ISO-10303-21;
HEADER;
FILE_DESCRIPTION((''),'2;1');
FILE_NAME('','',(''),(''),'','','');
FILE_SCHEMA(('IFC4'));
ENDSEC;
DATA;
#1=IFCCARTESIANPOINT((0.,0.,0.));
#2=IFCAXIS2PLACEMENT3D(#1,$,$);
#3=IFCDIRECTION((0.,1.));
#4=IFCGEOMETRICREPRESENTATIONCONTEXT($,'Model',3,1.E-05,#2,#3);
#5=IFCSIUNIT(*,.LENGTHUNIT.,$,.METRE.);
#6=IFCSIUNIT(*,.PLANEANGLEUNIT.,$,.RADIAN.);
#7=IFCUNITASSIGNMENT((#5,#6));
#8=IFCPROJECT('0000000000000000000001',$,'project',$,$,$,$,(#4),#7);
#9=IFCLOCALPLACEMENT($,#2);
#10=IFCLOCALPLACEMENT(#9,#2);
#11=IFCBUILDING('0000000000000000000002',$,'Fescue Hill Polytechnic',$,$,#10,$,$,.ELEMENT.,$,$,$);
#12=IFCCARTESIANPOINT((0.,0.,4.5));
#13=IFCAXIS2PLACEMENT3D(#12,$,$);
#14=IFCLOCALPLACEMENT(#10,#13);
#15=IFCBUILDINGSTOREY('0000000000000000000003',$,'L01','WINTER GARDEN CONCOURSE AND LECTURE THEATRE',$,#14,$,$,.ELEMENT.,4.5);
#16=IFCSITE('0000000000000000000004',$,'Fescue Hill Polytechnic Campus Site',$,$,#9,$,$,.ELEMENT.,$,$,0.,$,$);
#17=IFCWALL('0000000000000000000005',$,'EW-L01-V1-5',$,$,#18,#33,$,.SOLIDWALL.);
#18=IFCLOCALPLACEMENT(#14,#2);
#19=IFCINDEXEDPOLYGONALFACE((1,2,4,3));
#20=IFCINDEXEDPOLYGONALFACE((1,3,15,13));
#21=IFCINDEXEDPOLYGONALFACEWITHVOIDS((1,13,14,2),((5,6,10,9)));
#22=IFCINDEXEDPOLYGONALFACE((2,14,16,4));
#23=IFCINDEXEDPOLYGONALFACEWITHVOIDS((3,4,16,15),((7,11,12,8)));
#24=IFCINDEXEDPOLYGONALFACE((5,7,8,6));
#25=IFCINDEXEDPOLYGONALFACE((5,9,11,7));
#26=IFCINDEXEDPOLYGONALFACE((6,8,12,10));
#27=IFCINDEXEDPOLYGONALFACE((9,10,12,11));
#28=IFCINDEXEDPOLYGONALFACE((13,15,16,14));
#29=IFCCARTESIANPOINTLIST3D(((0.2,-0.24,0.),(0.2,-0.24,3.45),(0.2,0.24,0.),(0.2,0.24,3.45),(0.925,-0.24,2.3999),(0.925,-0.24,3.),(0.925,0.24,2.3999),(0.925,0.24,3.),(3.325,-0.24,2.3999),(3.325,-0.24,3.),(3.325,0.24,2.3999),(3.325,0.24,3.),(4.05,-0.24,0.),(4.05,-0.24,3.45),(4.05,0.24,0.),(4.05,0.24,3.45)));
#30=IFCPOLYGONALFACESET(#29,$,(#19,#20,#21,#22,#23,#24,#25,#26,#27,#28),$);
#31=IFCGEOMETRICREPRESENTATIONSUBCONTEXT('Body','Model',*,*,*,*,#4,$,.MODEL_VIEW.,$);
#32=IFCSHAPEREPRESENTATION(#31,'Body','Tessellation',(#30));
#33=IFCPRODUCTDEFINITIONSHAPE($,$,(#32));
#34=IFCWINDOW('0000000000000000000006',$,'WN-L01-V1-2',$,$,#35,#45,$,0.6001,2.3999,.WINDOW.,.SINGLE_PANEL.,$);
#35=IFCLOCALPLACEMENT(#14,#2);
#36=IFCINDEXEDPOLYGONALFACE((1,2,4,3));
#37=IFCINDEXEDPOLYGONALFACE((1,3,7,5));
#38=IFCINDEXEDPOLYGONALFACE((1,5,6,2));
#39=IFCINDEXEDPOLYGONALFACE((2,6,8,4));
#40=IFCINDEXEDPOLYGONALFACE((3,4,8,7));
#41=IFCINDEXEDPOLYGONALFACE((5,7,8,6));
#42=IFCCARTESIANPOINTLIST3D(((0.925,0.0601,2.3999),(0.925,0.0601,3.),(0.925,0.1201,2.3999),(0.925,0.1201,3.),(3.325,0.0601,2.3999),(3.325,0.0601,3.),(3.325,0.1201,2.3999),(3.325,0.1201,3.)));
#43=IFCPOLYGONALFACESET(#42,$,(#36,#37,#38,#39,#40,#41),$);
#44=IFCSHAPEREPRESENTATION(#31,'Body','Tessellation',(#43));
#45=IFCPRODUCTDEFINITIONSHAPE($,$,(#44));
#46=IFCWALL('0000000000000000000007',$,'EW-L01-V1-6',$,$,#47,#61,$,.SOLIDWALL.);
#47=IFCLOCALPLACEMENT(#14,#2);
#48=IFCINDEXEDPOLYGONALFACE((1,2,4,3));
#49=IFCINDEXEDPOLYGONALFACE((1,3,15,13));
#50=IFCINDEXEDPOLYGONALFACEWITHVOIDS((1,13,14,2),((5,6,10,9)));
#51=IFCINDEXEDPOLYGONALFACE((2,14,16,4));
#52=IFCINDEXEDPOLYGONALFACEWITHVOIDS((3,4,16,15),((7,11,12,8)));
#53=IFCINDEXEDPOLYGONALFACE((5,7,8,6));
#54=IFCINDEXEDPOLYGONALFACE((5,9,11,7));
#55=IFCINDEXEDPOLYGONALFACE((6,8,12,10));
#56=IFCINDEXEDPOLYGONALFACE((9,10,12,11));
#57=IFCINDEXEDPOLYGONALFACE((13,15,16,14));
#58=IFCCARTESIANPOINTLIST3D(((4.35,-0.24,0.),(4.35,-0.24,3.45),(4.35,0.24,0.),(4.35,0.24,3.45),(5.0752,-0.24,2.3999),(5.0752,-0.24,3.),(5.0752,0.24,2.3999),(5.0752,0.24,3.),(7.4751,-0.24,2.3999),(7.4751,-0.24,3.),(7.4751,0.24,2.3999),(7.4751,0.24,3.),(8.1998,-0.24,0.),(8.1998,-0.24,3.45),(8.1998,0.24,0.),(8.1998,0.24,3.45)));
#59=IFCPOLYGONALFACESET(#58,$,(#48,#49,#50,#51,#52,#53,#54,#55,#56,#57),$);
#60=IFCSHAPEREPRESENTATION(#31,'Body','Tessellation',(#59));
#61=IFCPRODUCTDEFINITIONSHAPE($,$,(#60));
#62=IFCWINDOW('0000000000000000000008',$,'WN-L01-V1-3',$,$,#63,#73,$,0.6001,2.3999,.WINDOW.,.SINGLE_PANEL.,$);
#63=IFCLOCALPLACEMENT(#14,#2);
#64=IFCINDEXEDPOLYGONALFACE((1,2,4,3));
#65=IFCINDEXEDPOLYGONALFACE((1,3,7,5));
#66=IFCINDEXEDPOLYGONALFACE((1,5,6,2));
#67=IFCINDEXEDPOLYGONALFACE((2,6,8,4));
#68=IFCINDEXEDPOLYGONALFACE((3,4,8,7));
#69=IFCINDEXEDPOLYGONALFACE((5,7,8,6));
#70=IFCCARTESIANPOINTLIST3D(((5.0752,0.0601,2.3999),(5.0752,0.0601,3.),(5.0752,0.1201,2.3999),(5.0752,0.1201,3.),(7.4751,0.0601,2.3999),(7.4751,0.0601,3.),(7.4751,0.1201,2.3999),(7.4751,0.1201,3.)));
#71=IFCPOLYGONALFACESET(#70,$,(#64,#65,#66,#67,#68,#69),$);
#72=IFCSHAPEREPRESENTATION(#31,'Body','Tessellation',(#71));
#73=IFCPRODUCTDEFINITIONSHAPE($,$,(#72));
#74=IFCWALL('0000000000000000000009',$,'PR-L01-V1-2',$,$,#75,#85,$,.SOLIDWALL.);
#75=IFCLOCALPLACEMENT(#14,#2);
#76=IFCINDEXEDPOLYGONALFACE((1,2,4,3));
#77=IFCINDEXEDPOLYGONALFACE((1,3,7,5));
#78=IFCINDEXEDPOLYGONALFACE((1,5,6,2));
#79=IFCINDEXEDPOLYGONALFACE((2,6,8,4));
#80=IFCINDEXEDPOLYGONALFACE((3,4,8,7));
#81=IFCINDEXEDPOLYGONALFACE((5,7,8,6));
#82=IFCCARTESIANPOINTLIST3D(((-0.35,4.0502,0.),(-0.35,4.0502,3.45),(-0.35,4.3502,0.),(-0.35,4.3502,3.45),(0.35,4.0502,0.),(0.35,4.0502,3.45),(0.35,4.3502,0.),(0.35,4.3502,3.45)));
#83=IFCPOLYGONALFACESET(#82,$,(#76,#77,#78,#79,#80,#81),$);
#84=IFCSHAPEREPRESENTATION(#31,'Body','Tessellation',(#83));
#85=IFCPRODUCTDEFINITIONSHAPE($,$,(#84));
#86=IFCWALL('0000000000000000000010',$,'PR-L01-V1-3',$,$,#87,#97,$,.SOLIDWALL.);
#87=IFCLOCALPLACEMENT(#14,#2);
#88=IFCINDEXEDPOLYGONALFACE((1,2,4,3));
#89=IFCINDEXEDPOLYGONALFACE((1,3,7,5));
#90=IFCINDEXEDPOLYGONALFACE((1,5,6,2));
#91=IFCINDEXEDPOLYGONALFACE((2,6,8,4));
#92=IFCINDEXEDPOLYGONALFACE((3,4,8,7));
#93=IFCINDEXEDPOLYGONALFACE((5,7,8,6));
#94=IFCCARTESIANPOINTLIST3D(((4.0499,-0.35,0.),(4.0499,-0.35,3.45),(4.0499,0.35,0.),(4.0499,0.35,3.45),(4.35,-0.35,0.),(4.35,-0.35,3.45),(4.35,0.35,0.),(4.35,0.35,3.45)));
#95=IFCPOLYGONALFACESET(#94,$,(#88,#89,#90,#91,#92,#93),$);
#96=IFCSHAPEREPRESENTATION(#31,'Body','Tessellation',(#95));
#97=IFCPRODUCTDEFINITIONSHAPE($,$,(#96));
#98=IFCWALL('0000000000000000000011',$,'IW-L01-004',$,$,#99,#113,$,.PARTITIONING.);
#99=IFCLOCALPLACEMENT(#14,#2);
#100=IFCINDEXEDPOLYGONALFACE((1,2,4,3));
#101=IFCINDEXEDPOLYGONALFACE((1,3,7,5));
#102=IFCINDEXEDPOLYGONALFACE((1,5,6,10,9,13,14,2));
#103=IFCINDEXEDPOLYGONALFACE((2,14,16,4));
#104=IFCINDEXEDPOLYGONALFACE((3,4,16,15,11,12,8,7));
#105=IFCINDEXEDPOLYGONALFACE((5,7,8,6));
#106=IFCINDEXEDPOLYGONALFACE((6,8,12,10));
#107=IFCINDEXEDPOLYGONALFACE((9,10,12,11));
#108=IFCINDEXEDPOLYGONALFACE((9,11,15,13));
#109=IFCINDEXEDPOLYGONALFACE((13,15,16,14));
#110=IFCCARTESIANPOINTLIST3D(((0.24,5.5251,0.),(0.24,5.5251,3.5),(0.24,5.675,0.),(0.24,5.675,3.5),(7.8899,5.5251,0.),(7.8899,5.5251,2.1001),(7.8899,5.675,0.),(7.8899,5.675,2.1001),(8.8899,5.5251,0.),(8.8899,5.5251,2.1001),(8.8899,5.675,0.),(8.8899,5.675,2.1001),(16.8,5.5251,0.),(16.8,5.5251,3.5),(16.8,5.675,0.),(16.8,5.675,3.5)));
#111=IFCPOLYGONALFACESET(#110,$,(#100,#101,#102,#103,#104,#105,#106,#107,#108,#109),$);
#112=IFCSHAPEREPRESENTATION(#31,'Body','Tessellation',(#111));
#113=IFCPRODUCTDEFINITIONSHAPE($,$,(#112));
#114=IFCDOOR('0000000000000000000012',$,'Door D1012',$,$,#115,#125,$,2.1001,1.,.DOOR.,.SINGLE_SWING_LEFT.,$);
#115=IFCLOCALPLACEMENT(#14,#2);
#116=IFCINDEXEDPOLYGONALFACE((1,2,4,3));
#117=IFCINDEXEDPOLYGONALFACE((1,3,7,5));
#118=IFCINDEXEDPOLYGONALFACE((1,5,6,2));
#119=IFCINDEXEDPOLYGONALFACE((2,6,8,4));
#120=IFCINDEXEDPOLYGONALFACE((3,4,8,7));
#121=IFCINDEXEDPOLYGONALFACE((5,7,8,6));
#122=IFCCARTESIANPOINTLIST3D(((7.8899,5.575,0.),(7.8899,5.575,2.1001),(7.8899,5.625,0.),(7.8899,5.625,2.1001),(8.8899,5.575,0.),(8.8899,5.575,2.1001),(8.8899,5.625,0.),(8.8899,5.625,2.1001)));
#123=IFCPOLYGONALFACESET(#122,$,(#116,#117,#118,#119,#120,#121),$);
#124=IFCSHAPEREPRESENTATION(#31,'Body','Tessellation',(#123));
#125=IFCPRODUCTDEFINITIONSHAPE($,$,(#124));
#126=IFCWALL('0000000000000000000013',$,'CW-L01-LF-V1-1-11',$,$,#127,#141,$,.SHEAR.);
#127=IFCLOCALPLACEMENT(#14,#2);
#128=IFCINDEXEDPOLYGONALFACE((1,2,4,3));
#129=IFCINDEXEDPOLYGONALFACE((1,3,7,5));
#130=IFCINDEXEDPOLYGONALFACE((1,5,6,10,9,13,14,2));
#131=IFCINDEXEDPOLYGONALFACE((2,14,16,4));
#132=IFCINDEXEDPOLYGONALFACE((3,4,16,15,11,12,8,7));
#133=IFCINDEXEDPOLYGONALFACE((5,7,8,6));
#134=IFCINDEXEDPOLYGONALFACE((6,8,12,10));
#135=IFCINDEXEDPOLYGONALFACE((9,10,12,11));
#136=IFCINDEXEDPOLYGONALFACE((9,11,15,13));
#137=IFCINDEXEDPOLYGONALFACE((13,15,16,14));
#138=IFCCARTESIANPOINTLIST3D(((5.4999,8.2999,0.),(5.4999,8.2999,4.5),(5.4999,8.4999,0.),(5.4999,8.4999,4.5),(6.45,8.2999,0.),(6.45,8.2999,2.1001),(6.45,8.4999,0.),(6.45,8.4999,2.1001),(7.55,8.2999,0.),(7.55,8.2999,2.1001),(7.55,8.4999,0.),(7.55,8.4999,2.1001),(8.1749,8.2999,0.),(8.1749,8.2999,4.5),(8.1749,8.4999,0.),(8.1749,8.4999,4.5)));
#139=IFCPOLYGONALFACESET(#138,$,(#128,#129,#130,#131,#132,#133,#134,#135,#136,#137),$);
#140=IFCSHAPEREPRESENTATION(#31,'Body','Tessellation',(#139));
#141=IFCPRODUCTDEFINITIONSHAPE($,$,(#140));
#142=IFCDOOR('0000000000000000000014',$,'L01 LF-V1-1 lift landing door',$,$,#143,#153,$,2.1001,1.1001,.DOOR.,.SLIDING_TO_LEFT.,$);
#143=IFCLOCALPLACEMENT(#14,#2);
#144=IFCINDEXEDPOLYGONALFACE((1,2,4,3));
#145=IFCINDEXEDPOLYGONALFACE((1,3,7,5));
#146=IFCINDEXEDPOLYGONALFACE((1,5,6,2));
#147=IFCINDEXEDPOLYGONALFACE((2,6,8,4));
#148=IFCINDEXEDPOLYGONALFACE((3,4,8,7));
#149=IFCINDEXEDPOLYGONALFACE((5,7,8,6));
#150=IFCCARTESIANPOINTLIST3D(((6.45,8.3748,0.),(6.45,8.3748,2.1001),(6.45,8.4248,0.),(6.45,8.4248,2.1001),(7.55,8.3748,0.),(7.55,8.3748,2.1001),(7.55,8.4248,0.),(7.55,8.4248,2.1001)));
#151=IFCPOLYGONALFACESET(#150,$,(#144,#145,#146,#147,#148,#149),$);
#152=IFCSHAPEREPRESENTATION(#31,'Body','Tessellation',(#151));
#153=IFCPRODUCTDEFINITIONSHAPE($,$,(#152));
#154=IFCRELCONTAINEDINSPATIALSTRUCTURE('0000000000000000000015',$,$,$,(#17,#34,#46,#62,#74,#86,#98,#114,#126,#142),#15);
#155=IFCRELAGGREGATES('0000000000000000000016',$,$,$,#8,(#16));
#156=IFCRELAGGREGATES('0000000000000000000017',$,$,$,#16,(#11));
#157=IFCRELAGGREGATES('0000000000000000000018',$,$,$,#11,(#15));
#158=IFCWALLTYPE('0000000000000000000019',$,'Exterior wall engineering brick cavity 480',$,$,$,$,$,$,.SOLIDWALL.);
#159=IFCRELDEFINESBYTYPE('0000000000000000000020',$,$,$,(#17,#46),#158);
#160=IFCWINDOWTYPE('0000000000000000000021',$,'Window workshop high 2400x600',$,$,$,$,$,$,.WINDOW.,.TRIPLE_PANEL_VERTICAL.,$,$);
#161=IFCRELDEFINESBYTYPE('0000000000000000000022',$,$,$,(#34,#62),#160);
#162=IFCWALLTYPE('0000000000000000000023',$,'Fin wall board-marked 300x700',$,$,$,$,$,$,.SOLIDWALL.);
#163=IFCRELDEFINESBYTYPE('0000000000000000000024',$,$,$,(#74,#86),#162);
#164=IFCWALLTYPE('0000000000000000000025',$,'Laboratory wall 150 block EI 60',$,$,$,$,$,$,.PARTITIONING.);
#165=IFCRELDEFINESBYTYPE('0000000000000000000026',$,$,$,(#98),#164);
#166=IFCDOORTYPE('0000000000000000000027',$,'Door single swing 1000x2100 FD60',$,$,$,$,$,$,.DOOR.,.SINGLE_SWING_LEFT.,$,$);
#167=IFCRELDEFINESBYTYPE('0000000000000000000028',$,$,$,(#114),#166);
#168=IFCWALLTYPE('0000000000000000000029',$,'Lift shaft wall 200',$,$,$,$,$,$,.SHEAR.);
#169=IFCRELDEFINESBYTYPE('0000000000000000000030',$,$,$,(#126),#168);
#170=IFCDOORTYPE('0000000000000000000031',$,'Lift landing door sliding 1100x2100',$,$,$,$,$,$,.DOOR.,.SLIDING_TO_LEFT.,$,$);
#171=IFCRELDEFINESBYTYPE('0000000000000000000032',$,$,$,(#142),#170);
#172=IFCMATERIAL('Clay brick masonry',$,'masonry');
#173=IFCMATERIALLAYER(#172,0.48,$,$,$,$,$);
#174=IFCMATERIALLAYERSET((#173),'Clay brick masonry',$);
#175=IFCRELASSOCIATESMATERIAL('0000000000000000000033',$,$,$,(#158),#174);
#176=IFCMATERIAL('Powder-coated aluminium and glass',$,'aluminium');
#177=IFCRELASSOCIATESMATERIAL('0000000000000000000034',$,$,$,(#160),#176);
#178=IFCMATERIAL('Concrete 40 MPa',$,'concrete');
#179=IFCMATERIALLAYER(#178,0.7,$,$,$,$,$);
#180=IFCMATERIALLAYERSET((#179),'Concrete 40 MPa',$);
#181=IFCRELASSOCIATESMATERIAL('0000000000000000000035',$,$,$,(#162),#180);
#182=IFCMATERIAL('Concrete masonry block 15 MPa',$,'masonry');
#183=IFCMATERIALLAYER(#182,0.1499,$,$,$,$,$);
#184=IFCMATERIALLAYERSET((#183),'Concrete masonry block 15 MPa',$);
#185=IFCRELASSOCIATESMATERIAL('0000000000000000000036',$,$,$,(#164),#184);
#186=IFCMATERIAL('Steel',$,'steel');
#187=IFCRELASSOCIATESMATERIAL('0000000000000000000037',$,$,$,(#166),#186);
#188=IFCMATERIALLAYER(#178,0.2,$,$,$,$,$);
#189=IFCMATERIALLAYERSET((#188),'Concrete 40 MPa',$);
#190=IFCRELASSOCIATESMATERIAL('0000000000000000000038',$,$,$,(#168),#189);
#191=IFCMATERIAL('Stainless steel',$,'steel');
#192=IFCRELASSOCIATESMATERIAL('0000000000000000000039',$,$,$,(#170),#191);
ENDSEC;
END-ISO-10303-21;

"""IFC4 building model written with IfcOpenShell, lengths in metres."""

from ifc_helpers import new_model, si_unit, direction, frame, frame_2d, origin, place, context, subcontext, project, spatial, rectangle, extrude, material, layer, layer_set, type_object, element, fill, save


model = new_model("IFC4")

# Units and contexts
model_context = context("Model", 3, precision=1e-05, world=origin(), true_north=direction((0.0, 1.0)))
body_context = subcontext(model_context, "Body", "Model", "MODEL_VIEW")
ifc_project = project(units=[si_unit("LENGTHUNIT", "METRE"), si_unit("PLANEANGLEUNIT", "RADIAN")], contexts=[model_context])

# Site, building, storey
site_placement = place(None, origin())
site = spatial("IfcSite", under=ifc_project, at=site_placement, Name="Fescue Hill Polytechnic Campus Site", CompositionType="ELEMENT", RefElevation=0.0)
building_placement = place(site_placement, origin())
building = spatial("IfcBuilding", under=site, at=building_placement, Name="Fescue Hill Polytechnic", CompositionType="ELEMENT")
storey_placement = place(building_placement, frame((0.0, 0.0, 4.5)))
storey = spatial("IfcBuildingStorey", under=building, at=storey_placement, Name="L01", Description="WINTER GARDEN CONCOURSE AND LECTURE THEATRE", CompositionType="ELEMENT", Elevation=4.5)

# Shared definitions
ifc_material_1 = material(Name="Concrete 40 MPa", Category="concrete")

# Shared definitions
ifc_material_2 = material(Name="Clay brick masonry", Category="masonry")
ifc_layer_1 = layer(ifc_material_2, 0.48)
ifc_layer_set_1 = layer_set([ifc_layer_1], Name="Clay brick masonry")
wall_type_1 = type_object("IfcWallType", Name="Exterior wall engineering brick cavity 480", PredefinedType="SOLIDWALL", material=ifc_layer_set_1)

# Walls, openings, windows
ifc_material_3 = material(Name="Powder-coated aluminium and glass", Category="aluminium")
window_type = type_object("IfcWindowType", Name="Window workshop high 2400x600", PartitioningType="TRIPLE_PANEL_VERTICAL", PredefinedType="WINDOW", material=ifc_material_3)
wall_1_placement = place(storey_placement, frame((0.2, 0.0, 0.0), z_axis=(0.0, 0.0, 1.0), x_axis=(1.0, 0.0, 0.0)))
wall_1 = element("IfcWall", 1, at=wall_1_placement, inside=storey, type_object=wall_type_1, Name="EW-L01-V1-5", PredefinedType="SOLIDWALL", context=body_context, shape_type="SweptSolid", body=[
    extrude(rectangle(XDim=3.8501, YDim=0.48, at=frame_2d((1.925, 0.0))), origin(), (0.0, 0.0, 1.0), 3.45),
])
opening_1_placement = place(wall_1_placement, frame((0.7251, 0.0, 2.3999)))
opening_1 = element("IfcOpeningElement", 2, at=opening_1_placement, cuts=wall_1, PredefinedType="OPENING", context=body_context, shape_type="SweptSolid", body=[
    extrude(rectangle(XDim=2.3999, YDim=0.6001, at=frame_2d((1.2, 0.3))), frame((0.0, 0.25, 0.0), z_axis=(0.0, -1.0, 0.0), x_axis=(1.0, 0.0, 0.0)), (0.0, 0.0, 1.0), 0.5),
])
window_1_placement = place(opening_1_placement, origin())
window_1 = element("IfcWindow", 3, at=window_1_placement, inside=storey, type_object=window_type, Name="WN-L01-V1-2", OverallHeight=0.6001, OverallWidth=2.3999, PartitioningType="SINGLE_PANEL", PredefinedType="WINDOW", context=body_context, shape_type="SweptSolid", body=[
    extrude(rectangle(XDim=2.3999, YDim=0.6001, at=frame_2d((1.2, 0.3))), frame((0.0, 0.1201, 0.0), z_axis=(0.0, -1.0, 0.0), x_axis=(1.0, 0.0, 0.0)), (0.0, 0.0, 1.0), 0.0601),
])
fill(opening_1, window_1)
wall_2_placement = place(storey_placement, frame((4.3501, 0.0, 0.0), z_axis=(0.0, 0.0, 1.0), x_axis=(1.0, 0.0, 0.0)))
wall_2 = element("IfcWall", 4, at=wall_2_placement, inside=storey, type_object=wall_type_1, Name="EW-L01-V1-6", PredefinedType="SOLIDWALL", context=body_context, shape_type="SweptSolid", body=[
    extrude(rectangle(XDim=3.8499, YDim=0.48, at=frame_2d((1.9248, 0.0))), origin(), (0.0, 0.0, 1.0), 3.45),
])
opening_2_placement = place(wall_2_placement, frame((0.7251, 0.0, 2.3999)))
opening_2 = element("IfcOpeningElement", 5, at=opening_2_placement, cuts=wall_2, PredefinedType="OPENING", context=body_context, shape_type="SweptSolid", body=[
    extrude(rectangle(XDim=2.3999, YDim=0.6001, at=frame_2d((1.2, 0.3))), frame((0.0, 0.25, 0.0), z_axis=(0.0, -1.0, 0.0), x_axis=(1.0, 0.0, 0.0)), (0.0, 0.0, 1.0), 0.5),
])
window_2_placement = place(opening_2_placement, origin())
window_2 = element("IfcWindow", 6, at=window_2_placement, inside=storey, type_object=window_type, Name="WN-L01-V1-3", OverallHeight=0.6001, OverallWidth=2.3999, PartitioningType="SINGLE_PANEL", PredefinedType="WINDOW", context=body_context, shape_type="SweptSolid", body=[
    extrude(rectangle(XDim=2.3999, YDim=0.6001, at=frame_2d((1.2, 0.3))), frame((0.0, 0.1201, 0.0), z_axis=(0.0, -1.0, 0.0), x_axis=(1.0, 0.0, 0.0)), (0.0, 0.0, 1.0), 0.0601),
])
fill(opening_2, window_2)

# Walls
ifc_layer_2 = layer(ifc_material_1, 0.7)
ifc_layer_set_2 = layer_set([ifc_layer_2], Name="Concrete 40 MPa")
wall_type_2 = type_object("IfcWallType", Name="Fin wall board-marked 300x700", PredefinedType="SOLIDWALL", material=ifc_layer_set_2)
for number, where, z_axis, x_axis, name in (
    (7, (0.0, 4.3501, 0.0), (0.0, 0.0, 1.0), (0.0, -1.0, 0.0), "PR-L01-V1-2"),
    (8, (4.05, 0.0, 0.0), (0.0, 0.0, 1.0), (1.0, 0.0, 0.0), "PR-L01-V1-3"),
):
    element("IfcWall", number, at=place(storey_placement, frame(where, z_axis=z_axis, x_axis=x_axis)), inside=storey, type_object=wall_type_2, Name=name, PredefinedType="SOLIDWALL", context=body_context, shape_type="SweptSolid", body=[
        extrude(rectangle(XDim=0.3, YDim=0.7, at=frame_2d((0.1499, 0.0))), origin(), (0.0, 0.0, 1.0), 3.45),
    ])

# Walls, openings, doors
ifc_material_4 = material(Name="Concrete masonry block 15 MPa", Category="masonry")
ifc_layer_3 = layer(ifc_material_4, 0.1499)
ifc_layer_set_3 = layer_set([ifc_layer_3], Name="Concrete masonry block 15 MPa")
wall_type_3 = type_object("IfcWallType", Name="Laboratory wall 150 block EI 60", PredefinedType="PARTITIONING", material=ifc_layer_set_3)
wall_3_placement = place(storey_placement, frame((0.24, 5.6001, 0.0), z_axis=(0.0, 0.0, 1.0), x_axis=(1.0, 0.0, 0.0)))
wall_3 = element("IfcWall", 9, at=wall_3_placement, inside=storey, type_object=wall_type_3, Name="IW-L01-004", PredefinedType="PARTITIONING", context=body_context, shape_type="SweptSolid", body=[
    extrude(rectangle(XDim=16.5601, YDim=0.1499, at=frame_2d((8.28, 0.0))), origin(), (0.0, 0.0, 1.0), 3.5),
])
opening_3_placement = place(wall_3_placement, frame((7.6499, 0.0, 0.0)))
opening_3 = element("IfcOpeningElement", 10, at=opening_3_placement, cuts=wall_3, PredefinedType="OPENING", context=body_context, shape_type="SweptSolid", body=[
    extrude(rectangle(XDim=1.0, YDim=2.1001, at=frame_2d((0.5, 1.05))), frame((0.0, 0.085, 0.0), z_axis=(0.0, -1.0, 0.0), x_axis=(1.0, 0.0, 0.0)), (0.0, 0.0, 1.0), 0.1699),
])
ifc_material_5 = material(Name="Steel", Category="steel")
door_type_1 = type_object("IfcDoorType", Name="Door single swing 1000x2100 FD60", OperationType="SINGLE_SWING_LEFT", PredefinedType="DOOR", material=ifc_material_5)
door_1_placement = place(opening_3_placement, origin())
door_1 = element("IfcDoor", 11, at=door_1_placement, inside=storey, type_object=door_type_1, Name="Door D1012", OperationType="SINGLE_SWING_LEFT", OverallHeight=2.1001, OverallWidth=1.0, PredefinedType="DOOR", context=body_context, shape_type="SweptSolid", body=[
    extrude(rectangle(XDim=1.0, YDim=2.1001, at=frame_2d((0.5, 1.05))), frame((0.0, 0.0249, 0.0), z_axis=(0.0, -1.0, 0.0), x_axis=(1.0, 0.0, 0.0)), (0.0, 0.0, 1.0), 0.05),
])
fill(opening_3, door_1)
ifc_layer_4 = layer(ifc_material_1, 0.2)
ifc_layer_set_4 = layer_set([ifc_layer_4], Name="Concrete 40 MPa")
wall_type_4 = type_object("IfcWallType", Name="Lift shaft wall 200", PredefinedType="SHEAR", material=ifc_layer_set_4)
wall_4_placement = place(storey_placement, frame((5.5, 8.3999, 0.0), z_axis=(0.0, 0.0, 1.0), x_axis=(1.0, 0.0, 0.0)))
wall_4 = element("IfcWall", 12, at=wall_4_placement, inside=storey, type_object=wall_type_4, Name="CW-L01-LF-V1-1-11", PredefinedType="SHEAR", context=body_context, shape_type="SweptSolid", body=[
    extrude(rectangle(XDim=2.675, YDim=0.2, at=frame_2d((1.3374, 0.0))), origin(), (0.0, 0.0, 1.0), 4.5),
])
opening_4_placement = place(wall_4_placement, frame((0.95, 0.0, 0.0)))
opening_4 = element("IfcOpeningElement", 13, at=opening_4_placement, cuts=wall_4, PredefinedType="OPENING", context=body_context, shape_type="SweptSolid", body=[
    extrude(rectangle(XDim=1.1001, YDim=2.1001, at=frame_2d((0.55, 1.05))), frame((0.0, 0.1099, 0.0), z_axis=(0.0, -1.0, 0.0), x_axis=(1.0, 0.0, 0.0)), (0.0, 0.0, 1.0), 0.22),
])
ifc_material_6 = material(Name="Stainless steel", Category="steel")
door_type_2 = type_object("IfcDoorType", Name="Lift landing door sliding 1100x2100", OperationType="SLIDING_TO_LEFT", PredefinedType="DOOR", material=ifc_material_6)
door_2_placement = place(opening_4_placement, origin())
door_2 = element("IfcDoor", 14, at=door_2_placement, inside=storey, type_object=door_type_2, Name="L01 LF-V1-1 lift landing door", OperationType="SLIDING_TO_LEFT", OverallHeight=2.1001, OverallWidth=1.1001, PredefinedType="DOOR", context=body_context, shape_type="SweptSolid", body=[
    extrude(rectangle(XDim=1.1001, YDim=2.1001, at=frame_2d((0.55, 1.05))), frame((0.0, 0.0249, 0.0), z_axis=(0.0, -1.0, 0.0), x_axis=(1.0, 0.0, 0.0)), (0.0, 0.0, 1.0), 0.05),
])
fill(opening_4, door_2)

save(model, "model.ifc")
